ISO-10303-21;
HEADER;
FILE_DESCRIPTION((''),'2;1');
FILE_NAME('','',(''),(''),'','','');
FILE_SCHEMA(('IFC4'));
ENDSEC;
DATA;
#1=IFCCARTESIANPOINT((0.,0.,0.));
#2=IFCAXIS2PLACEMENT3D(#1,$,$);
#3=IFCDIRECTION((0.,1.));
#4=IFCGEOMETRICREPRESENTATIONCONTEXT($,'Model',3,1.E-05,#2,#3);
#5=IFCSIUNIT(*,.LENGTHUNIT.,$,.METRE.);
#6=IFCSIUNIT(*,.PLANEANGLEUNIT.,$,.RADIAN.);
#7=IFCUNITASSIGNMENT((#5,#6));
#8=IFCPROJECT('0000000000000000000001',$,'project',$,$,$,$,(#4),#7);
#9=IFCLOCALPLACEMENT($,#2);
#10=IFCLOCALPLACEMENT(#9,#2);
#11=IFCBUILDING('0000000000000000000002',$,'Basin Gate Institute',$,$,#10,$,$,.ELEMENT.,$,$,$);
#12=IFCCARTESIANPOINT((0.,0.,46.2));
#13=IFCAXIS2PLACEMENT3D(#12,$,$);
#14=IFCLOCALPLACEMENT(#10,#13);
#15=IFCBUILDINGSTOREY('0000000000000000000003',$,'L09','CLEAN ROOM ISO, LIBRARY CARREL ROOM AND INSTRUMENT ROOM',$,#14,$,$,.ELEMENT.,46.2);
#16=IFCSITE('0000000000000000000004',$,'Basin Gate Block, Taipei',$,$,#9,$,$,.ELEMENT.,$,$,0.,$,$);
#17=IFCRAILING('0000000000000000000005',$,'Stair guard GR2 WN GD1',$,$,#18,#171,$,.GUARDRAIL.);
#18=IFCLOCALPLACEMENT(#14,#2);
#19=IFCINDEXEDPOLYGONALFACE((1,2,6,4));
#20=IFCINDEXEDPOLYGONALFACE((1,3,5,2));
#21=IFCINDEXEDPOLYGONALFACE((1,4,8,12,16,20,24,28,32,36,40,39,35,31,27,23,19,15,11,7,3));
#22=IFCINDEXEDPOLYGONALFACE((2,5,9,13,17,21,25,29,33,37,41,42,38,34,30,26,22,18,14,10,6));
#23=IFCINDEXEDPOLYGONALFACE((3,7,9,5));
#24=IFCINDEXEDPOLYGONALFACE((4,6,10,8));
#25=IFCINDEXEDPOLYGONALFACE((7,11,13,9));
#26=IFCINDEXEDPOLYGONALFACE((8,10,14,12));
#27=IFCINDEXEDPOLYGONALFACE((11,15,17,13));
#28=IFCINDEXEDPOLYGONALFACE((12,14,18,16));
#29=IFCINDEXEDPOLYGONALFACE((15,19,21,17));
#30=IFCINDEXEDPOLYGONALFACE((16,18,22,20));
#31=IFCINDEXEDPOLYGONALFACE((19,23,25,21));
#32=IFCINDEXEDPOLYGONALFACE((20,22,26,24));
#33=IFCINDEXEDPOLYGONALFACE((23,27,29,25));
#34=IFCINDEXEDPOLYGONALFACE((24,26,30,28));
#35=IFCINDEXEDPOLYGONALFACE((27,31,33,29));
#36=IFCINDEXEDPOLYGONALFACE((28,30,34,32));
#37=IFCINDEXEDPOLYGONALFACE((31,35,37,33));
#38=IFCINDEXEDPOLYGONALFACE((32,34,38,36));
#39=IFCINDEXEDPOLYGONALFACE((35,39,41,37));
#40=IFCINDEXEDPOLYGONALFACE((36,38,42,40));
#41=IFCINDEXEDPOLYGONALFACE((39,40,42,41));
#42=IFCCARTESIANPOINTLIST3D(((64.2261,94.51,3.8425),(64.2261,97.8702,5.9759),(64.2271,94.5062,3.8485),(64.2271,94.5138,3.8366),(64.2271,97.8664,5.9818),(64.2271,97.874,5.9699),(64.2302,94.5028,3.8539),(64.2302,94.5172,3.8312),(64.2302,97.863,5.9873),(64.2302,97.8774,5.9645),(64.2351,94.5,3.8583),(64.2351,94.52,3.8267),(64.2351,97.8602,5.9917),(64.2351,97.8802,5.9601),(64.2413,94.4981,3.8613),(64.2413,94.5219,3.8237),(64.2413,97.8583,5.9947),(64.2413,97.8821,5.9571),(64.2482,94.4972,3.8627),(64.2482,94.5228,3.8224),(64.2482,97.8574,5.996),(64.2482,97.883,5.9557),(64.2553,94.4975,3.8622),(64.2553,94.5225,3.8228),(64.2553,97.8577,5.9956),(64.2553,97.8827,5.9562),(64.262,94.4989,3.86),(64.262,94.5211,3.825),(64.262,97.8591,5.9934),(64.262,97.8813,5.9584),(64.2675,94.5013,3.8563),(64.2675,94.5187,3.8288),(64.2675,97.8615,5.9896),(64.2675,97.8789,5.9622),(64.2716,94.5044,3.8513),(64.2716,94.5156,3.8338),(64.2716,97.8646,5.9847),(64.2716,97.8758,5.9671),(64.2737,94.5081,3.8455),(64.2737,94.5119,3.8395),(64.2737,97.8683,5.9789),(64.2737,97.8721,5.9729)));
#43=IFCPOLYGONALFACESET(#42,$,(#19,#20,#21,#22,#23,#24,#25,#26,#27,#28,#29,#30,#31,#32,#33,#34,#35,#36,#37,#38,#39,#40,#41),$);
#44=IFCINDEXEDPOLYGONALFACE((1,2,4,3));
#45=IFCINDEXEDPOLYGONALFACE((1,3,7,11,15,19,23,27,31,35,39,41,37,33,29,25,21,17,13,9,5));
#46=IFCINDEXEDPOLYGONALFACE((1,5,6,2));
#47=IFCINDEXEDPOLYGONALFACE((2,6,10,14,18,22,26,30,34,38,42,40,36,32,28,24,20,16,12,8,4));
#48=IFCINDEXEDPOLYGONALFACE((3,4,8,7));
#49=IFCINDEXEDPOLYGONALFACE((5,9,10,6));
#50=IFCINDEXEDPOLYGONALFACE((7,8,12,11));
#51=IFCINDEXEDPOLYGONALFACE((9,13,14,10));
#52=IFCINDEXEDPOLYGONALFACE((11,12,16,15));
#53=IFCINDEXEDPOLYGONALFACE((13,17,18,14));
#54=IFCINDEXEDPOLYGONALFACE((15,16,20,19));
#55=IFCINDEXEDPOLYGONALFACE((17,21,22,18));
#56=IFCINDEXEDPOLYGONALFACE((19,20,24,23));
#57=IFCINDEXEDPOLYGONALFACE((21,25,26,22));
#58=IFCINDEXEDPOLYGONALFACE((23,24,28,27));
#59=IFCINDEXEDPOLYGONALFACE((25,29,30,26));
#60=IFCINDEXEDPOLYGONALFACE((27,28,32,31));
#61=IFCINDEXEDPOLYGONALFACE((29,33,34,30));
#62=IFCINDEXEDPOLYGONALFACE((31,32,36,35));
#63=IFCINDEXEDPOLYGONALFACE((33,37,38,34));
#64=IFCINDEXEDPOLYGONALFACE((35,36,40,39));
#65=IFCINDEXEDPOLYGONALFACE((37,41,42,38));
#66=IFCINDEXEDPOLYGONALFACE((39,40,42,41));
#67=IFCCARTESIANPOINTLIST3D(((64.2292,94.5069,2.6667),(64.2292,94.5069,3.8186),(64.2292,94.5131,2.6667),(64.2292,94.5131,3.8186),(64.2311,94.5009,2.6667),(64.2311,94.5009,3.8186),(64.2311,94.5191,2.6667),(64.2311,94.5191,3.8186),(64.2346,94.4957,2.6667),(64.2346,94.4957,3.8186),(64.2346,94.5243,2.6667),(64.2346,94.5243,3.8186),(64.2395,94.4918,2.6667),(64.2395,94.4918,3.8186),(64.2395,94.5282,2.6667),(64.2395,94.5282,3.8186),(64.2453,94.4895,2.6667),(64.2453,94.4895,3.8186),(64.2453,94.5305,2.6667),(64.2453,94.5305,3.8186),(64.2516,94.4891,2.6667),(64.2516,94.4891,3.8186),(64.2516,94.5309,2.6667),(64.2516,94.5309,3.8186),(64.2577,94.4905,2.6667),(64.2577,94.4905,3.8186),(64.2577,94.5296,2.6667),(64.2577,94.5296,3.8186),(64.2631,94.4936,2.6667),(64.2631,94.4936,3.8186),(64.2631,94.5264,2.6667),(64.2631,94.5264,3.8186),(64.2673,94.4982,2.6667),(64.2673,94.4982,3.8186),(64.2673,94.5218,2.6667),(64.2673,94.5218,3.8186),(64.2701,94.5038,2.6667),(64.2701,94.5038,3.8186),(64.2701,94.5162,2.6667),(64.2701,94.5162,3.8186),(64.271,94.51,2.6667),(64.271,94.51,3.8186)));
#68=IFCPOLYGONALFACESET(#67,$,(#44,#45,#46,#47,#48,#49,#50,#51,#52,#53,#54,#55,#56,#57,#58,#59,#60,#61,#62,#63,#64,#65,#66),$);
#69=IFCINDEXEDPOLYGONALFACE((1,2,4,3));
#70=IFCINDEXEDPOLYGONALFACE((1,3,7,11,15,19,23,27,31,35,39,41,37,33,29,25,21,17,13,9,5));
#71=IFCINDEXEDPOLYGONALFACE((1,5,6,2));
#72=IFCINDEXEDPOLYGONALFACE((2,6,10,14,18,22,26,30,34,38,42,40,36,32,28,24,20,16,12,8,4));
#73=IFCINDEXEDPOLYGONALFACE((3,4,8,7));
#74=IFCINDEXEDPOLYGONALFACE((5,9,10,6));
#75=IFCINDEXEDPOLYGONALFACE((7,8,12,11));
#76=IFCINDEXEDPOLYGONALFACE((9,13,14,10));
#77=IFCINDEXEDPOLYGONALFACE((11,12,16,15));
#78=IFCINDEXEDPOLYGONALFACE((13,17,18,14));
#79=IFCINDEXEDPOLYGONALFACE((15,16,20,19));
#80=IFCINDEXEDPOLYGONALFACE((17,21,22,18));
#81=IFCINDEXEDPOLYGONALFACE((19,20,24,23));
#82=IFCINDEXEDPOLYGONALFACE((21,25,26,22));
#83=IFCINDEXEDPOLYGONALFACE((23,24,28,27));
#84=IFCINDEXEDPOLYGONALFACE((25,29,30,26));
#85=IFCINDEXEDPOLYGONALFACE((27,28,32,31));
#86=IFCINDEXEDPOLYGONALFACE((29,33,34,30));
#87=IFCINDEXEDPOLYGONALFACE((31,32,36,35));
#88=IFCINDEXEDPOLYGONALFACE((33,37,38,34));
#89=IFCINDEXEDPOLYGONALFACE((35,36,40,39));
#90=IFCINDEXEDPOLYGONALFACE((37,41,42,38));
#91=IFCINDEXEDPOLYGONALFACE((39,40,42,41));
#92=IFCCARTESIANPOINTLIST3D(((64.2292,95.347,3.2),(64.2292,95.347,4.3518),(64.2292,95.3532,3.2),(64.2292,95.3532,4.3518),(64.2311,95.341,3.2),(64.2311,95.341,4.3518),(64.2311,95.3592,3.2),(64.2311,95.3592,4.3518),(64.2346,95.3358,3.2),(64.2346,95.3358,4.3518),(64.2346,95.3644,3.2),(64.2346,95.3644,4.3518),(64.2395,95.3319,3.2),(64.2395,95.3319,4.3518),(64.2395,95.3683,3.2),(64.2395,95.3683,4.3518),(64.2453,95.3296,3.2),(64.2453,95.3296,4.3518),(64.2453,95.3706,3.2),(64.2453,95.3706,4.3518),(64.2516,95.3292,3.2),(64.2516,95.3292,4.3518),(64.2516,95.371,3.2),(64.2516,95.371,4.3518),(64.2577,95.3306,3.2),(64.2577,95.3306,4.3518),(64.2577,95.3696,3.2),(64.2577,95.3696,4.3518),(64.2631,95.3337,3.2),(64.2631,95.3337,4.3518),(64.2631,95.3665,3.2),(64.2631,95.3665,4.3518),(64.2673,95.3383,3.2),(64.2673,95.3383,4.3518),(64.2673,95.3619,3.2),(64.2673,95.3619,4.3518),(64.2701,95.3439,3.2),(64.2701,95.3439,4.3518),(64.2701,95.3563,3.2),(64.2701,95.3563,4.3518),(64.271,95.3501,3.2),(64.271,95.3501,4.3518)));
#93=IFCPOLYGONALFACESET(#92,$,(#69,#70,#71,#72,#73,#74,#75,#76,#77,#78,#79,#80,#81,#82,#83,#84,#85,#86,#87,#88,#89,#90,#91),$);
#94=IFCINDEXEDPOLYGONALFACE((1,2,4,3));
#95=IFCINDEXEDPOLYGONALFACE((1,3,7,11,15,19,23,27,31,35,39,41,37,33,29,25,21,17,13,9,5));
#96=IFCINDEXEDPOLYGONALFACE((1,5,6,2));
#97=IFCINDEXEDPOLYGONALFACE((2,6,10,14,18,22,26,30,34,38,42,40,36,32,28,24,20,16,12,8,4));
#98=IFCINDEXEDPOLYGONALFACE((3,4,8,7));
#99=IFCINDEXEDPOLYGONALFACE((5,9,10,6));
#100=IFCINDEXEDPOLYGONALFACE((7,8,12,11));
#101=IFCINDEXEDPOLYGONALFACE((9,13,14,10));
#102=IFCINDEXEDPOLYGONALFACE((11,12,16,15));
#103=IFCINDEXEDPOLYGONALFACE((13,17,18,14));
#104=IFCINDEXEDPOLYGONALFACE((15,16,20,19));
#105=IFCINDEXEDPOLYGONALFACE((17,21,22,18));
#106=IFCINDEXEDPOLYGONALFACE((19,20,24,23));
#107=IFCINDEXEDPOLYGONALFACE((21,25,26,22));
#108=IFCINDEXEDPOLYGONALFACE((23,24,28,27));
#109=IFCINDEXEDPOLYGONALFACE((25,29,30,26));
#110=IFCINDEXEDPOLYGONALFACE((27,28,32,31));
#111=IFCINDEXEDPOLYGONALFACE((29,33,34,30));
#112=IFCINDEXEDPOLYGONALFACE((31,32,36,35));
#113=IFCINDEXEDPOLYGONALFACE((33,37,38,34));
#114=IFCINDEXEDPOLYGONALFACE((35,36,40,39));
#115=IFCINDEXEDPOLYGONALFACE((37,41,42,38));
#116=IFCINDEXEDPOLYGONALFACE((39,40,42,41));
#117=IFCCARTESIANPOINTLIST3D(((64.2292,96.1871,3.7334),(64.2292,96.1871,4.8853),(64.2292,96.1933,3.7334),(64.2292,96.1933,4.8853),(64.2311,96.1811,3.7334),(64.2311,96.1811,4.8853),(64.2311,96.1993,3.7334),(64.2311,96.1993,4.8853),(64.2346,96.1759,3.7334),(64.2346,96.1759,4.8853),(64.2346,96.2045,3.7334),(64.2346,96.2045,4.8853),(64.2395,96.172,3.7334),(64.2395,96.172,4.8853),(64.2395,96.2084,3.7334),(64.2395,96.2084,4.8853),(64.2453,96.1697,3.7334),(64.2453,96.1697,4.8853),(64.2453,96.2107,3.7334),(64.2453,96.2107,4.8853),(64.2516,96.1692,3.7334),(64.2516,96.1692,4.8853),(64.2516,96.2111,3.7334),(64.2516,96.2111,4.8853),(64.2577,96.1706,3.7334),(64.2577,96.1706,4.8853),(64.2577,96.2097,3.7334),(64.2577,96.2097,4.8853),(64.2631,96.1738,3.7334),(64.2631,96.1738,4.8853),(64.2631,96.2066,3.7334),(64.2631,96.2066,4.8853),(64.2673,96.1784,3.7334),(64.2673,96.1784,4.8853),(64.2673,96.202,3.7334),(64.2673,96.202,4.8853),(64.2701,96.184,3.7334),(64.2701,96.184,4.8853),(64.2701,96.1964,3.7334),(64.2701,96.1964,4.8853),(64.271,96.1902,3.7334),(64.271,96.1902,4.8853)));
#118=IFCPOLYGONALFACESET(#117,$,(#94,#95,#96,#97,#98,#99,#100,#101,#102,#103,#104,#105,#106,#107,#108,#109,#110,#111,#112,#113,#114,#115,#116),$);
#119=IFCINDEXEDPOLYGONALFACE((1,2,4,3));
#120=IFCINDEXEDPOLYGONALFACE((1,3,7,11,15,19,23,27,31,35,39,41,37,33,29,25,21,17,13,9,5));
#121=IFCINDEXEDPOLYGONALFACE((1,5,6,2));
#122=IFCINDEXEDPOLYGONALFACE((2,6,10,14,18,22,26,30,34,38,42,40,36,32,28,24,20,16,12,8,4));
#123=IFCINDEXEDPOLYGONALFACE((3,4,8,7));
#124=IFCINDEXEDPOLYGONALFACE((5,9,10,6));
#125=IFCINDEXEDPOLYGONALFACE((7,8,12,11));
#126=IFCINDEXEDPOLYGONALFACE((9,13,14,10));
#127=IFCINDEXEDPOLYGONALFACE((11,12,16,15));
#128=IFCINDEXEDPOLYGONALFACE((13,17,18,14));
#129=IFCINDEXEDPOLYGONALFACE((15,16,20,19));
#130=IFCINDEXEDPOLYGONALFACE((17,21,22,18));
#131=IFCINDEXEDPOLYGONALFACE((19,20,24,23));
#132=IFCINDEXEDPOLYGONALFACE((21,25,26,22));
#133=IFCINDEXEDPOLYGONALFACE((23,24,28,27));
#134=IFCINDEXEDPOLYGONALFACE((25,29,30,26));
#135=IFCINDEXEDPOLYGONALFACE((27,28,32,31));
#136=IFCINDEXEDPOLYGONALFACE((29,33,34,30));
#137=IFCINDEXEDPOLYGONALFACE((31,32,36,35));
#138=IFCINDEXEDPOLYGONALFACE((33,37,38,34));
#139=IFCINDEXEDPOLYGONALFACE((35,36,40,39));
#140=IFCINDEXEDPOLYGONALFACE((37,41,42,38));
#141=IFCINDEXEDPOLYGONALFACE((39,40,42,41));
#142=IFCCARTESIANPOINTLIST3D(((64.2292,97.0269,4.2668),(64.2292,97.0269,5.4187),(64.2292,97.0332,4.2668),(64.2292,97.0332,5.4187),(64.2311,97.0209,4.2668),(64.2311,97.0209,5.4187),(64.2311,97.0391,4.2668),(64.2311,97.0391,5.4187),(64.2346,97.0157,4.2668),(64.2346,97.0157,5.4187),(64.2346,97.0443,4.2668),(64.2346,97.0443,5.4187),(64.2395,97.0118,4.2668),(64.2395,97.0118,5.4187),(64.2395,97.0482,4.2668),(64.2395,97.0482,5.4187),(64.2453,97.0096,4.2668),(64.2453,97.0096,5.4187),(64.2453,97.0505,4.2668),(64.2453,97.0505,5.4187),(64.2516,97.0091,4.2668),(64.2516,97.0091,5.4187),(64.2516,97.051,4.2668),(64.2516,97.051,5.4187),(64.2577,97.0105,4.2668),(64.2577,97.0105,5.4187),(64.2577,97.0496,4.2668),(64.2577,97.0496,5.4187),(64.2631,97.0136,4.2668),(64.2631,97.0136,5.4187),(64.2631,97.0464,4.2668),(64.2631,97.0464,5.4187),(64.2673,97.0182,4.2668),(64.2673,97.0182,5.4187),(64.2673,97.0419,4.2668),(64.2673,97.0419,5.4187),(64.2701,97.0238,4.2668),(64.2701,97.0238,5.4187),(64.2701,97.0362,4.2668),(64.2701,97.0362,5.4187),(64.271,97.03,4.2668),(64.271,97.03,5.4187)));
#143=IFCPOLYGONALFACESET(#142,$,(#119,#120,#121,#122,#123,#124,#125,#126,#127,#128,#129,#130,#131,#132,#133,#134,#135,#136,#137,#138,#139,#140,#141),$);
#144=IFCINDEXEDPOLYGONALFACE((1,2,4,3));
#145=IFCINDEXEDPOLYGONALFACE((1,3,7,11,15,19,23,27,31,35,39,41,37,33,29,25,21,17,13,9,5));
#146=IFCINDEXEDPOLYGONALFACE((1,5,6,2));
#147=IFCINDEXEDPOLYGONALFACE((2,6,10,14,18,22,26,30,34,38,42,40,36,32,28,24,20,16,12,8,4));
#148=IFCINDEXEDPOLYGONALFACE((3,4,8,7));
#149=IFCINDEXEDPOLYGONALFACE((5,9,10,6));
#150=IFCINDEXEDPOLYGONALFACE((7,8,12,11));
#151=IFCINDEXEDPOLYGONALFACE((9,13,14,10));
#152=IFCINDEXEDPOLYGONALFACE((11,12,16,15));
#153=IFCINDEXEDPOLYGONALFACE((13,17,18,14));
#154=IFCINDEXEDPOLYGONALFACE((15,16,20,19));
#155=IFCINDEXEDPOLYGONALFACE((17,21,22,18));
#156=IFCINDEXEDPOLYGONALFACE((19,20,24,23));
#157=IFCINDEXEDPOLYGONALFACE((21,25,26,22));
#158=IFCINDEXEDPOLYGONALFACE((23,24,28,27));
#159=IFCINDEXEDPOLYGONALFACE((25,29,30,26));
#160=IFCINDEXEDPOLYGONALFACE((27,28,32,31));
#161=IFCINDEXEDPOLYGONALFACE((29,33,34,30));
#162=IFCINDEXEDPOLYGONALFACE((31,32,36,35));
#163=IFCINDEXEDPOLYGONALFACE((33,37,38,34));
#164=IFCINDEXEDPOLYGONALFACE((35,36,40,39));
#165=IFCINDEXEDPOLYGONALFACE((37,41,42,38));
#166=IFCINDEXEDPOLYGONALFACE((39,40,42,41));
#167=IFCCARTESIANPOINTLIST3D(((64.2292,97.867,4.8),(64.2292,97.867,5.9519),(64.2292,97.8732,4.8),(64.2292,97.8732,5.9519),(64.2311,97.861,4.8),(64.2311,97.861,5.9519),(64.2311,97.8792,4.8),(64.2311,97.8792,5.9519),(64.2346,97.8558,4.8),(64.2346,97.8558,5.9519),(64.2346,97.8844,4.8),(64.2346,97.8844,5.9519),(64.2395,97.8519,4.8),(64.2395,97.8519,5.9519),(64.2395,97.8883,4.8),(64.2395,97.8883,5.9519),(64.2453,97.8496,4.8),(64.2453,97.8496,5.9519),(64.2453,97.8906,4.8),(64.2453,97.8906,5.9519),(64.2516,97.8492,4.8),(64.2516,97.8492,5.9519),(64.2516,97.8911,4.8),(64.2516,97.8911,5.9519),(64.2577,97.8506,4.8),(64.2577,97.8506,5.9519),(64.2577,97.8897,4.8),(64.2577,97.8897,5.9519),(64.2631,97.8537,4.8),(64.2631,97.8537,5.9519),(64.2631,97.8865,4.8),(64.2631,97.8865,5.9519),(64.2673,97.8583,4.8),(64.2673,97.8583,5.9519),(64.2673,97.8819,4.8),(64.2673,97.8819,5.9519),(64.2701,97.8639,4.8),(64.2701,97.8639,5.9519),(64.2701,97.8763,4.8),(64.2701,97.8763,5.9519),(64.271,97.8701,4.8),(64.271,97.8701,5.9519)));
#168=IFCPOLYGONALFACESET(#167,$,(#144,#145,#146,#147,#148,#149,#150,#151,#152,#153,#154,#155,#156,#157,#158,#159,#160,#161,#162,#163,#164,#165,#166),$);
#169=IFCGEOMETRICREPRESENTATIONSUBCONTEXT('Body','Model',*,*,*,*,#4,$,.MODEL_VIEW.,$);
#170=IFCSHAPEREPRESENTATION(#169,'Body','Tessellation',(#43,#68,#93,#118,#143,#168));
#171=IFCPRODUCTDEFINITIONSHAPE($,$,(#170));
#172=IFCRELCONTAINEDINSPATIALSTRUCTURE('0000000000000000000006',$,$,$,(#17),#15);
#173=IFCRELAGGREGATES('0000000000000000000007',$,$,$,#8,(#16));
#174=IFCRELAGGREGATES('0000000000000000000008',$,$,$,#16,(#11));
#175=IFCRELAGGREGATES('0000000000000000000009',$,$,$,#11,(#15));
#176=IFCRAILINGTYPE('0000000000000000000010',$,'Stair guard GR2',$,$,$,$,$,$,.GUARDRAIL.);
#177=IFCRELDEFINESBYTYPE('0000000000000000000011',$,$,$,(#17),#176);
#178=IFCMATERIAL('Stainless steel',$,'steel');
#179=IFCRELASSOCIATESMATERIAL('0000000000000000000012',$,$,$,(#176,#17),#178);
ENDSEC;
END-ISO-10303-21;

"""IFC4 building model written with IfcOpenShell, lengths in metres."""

from ifc_helpers import new_model, si_unit, direction, frame, origin, origin_2d, place, context, subcontext, project, spatial, circle, extrude, material, type_object, element, save


model = new_model("IFC4")

# Units and contexts
model_context = context("Model", 3, precision=1e-05, world=origin(), true_north=direction((0.0, 1.0)))
body_context = subcontext(model_context, "Body", "Model", "MODEL_VIEW")
ifc_project = project(units=[si_unit("LENGTHUNIT", "METRE"), si_unit("PLANEANGLEUNIT", "RADIAN")], contexts=[model_context])

# Site, building, storey
site_placement = place(None, origin())
site = spatial("IfcSite", under=ifc_project, at=site_placement, Name="Basin Gate Block, Taipei", CompositionType="ELEMENT", RefElevation=0.0)
building_placement = place(site_placement, origin())
building = spatial("IfcBuilding", under=site, at=building_placement, Name="Basin Gate Institute", CompositionType="ELEMENT")
storey_placement = place(building_placement, frame((0.0, 0.0, 46.2)))
storey = spatial("IfcBuildingStorey", under=building, at=storey_placement, Name="L09", Description="CLEAN ROOM ISO, LIBRARY CARREL ROOM AND INSTRUMENT ROOM", CompositionType="ELEMENT", Elevation=46.2)

# Railing
ifc_material_1 = material(Name="Stainless steel", Category="steel")
railing_type_1 = type_object("IfcRailingType", Name="Stair guard GR2", PredefinedType="GUARDRAIL", material=ifc_material_1)
railing_1_placement = place(storey_placement, frame((64.25, 94.51, 2.6667)))
element("IfcRailing", 1, at=railing_1_placement, inside=storey, type_object=railing_type_1, material=ifc_material_1, Name="Stair guard GR2 WN GD1", PredefinedType="GUARDRAIL", context=body_context, shape_type="SweptSolid", body=[
    extrude(circle(Radius=0.0239, at=origin_2d()), frame((0.0, 0.0, 1.1758), z_axis=(0.0, 0.844224, 0.53599), x_axis=(-1.0, 0.0, 0.0)), (0.0, 0.0, 1.0), 3.9802),
    extrude(circle(Radius=0.021, at=origin_2d()), origin(), (0.0, 0.0, 1.0), 1.1519),
    extrude(circle(Radius=0.021, at=origin_2d()), frame((0.0, 0.8401, 0.5332)), (0.0, 0.0, 1.0), 1.1519),
    extrude(circle(Radius=0.021, at=origin_2d()), frame((0.0, 1.6802, 1.0667)), (0.0, 0.0, 1.0), 1.1519),
    extrude(circle(Radius=0.021, at=origin_2d()), frame((0.0, 2.52, 1.6001)), (0.0, 0.0, 1.0), 1.1519),
    extrude(circle(Radius=0.021, at=origin_2d()), frame((0.0, 3.3601, 2.1333)), (0.0, 0.0, 1.0), 1.1519),
])

save(model, "model.ifc")
